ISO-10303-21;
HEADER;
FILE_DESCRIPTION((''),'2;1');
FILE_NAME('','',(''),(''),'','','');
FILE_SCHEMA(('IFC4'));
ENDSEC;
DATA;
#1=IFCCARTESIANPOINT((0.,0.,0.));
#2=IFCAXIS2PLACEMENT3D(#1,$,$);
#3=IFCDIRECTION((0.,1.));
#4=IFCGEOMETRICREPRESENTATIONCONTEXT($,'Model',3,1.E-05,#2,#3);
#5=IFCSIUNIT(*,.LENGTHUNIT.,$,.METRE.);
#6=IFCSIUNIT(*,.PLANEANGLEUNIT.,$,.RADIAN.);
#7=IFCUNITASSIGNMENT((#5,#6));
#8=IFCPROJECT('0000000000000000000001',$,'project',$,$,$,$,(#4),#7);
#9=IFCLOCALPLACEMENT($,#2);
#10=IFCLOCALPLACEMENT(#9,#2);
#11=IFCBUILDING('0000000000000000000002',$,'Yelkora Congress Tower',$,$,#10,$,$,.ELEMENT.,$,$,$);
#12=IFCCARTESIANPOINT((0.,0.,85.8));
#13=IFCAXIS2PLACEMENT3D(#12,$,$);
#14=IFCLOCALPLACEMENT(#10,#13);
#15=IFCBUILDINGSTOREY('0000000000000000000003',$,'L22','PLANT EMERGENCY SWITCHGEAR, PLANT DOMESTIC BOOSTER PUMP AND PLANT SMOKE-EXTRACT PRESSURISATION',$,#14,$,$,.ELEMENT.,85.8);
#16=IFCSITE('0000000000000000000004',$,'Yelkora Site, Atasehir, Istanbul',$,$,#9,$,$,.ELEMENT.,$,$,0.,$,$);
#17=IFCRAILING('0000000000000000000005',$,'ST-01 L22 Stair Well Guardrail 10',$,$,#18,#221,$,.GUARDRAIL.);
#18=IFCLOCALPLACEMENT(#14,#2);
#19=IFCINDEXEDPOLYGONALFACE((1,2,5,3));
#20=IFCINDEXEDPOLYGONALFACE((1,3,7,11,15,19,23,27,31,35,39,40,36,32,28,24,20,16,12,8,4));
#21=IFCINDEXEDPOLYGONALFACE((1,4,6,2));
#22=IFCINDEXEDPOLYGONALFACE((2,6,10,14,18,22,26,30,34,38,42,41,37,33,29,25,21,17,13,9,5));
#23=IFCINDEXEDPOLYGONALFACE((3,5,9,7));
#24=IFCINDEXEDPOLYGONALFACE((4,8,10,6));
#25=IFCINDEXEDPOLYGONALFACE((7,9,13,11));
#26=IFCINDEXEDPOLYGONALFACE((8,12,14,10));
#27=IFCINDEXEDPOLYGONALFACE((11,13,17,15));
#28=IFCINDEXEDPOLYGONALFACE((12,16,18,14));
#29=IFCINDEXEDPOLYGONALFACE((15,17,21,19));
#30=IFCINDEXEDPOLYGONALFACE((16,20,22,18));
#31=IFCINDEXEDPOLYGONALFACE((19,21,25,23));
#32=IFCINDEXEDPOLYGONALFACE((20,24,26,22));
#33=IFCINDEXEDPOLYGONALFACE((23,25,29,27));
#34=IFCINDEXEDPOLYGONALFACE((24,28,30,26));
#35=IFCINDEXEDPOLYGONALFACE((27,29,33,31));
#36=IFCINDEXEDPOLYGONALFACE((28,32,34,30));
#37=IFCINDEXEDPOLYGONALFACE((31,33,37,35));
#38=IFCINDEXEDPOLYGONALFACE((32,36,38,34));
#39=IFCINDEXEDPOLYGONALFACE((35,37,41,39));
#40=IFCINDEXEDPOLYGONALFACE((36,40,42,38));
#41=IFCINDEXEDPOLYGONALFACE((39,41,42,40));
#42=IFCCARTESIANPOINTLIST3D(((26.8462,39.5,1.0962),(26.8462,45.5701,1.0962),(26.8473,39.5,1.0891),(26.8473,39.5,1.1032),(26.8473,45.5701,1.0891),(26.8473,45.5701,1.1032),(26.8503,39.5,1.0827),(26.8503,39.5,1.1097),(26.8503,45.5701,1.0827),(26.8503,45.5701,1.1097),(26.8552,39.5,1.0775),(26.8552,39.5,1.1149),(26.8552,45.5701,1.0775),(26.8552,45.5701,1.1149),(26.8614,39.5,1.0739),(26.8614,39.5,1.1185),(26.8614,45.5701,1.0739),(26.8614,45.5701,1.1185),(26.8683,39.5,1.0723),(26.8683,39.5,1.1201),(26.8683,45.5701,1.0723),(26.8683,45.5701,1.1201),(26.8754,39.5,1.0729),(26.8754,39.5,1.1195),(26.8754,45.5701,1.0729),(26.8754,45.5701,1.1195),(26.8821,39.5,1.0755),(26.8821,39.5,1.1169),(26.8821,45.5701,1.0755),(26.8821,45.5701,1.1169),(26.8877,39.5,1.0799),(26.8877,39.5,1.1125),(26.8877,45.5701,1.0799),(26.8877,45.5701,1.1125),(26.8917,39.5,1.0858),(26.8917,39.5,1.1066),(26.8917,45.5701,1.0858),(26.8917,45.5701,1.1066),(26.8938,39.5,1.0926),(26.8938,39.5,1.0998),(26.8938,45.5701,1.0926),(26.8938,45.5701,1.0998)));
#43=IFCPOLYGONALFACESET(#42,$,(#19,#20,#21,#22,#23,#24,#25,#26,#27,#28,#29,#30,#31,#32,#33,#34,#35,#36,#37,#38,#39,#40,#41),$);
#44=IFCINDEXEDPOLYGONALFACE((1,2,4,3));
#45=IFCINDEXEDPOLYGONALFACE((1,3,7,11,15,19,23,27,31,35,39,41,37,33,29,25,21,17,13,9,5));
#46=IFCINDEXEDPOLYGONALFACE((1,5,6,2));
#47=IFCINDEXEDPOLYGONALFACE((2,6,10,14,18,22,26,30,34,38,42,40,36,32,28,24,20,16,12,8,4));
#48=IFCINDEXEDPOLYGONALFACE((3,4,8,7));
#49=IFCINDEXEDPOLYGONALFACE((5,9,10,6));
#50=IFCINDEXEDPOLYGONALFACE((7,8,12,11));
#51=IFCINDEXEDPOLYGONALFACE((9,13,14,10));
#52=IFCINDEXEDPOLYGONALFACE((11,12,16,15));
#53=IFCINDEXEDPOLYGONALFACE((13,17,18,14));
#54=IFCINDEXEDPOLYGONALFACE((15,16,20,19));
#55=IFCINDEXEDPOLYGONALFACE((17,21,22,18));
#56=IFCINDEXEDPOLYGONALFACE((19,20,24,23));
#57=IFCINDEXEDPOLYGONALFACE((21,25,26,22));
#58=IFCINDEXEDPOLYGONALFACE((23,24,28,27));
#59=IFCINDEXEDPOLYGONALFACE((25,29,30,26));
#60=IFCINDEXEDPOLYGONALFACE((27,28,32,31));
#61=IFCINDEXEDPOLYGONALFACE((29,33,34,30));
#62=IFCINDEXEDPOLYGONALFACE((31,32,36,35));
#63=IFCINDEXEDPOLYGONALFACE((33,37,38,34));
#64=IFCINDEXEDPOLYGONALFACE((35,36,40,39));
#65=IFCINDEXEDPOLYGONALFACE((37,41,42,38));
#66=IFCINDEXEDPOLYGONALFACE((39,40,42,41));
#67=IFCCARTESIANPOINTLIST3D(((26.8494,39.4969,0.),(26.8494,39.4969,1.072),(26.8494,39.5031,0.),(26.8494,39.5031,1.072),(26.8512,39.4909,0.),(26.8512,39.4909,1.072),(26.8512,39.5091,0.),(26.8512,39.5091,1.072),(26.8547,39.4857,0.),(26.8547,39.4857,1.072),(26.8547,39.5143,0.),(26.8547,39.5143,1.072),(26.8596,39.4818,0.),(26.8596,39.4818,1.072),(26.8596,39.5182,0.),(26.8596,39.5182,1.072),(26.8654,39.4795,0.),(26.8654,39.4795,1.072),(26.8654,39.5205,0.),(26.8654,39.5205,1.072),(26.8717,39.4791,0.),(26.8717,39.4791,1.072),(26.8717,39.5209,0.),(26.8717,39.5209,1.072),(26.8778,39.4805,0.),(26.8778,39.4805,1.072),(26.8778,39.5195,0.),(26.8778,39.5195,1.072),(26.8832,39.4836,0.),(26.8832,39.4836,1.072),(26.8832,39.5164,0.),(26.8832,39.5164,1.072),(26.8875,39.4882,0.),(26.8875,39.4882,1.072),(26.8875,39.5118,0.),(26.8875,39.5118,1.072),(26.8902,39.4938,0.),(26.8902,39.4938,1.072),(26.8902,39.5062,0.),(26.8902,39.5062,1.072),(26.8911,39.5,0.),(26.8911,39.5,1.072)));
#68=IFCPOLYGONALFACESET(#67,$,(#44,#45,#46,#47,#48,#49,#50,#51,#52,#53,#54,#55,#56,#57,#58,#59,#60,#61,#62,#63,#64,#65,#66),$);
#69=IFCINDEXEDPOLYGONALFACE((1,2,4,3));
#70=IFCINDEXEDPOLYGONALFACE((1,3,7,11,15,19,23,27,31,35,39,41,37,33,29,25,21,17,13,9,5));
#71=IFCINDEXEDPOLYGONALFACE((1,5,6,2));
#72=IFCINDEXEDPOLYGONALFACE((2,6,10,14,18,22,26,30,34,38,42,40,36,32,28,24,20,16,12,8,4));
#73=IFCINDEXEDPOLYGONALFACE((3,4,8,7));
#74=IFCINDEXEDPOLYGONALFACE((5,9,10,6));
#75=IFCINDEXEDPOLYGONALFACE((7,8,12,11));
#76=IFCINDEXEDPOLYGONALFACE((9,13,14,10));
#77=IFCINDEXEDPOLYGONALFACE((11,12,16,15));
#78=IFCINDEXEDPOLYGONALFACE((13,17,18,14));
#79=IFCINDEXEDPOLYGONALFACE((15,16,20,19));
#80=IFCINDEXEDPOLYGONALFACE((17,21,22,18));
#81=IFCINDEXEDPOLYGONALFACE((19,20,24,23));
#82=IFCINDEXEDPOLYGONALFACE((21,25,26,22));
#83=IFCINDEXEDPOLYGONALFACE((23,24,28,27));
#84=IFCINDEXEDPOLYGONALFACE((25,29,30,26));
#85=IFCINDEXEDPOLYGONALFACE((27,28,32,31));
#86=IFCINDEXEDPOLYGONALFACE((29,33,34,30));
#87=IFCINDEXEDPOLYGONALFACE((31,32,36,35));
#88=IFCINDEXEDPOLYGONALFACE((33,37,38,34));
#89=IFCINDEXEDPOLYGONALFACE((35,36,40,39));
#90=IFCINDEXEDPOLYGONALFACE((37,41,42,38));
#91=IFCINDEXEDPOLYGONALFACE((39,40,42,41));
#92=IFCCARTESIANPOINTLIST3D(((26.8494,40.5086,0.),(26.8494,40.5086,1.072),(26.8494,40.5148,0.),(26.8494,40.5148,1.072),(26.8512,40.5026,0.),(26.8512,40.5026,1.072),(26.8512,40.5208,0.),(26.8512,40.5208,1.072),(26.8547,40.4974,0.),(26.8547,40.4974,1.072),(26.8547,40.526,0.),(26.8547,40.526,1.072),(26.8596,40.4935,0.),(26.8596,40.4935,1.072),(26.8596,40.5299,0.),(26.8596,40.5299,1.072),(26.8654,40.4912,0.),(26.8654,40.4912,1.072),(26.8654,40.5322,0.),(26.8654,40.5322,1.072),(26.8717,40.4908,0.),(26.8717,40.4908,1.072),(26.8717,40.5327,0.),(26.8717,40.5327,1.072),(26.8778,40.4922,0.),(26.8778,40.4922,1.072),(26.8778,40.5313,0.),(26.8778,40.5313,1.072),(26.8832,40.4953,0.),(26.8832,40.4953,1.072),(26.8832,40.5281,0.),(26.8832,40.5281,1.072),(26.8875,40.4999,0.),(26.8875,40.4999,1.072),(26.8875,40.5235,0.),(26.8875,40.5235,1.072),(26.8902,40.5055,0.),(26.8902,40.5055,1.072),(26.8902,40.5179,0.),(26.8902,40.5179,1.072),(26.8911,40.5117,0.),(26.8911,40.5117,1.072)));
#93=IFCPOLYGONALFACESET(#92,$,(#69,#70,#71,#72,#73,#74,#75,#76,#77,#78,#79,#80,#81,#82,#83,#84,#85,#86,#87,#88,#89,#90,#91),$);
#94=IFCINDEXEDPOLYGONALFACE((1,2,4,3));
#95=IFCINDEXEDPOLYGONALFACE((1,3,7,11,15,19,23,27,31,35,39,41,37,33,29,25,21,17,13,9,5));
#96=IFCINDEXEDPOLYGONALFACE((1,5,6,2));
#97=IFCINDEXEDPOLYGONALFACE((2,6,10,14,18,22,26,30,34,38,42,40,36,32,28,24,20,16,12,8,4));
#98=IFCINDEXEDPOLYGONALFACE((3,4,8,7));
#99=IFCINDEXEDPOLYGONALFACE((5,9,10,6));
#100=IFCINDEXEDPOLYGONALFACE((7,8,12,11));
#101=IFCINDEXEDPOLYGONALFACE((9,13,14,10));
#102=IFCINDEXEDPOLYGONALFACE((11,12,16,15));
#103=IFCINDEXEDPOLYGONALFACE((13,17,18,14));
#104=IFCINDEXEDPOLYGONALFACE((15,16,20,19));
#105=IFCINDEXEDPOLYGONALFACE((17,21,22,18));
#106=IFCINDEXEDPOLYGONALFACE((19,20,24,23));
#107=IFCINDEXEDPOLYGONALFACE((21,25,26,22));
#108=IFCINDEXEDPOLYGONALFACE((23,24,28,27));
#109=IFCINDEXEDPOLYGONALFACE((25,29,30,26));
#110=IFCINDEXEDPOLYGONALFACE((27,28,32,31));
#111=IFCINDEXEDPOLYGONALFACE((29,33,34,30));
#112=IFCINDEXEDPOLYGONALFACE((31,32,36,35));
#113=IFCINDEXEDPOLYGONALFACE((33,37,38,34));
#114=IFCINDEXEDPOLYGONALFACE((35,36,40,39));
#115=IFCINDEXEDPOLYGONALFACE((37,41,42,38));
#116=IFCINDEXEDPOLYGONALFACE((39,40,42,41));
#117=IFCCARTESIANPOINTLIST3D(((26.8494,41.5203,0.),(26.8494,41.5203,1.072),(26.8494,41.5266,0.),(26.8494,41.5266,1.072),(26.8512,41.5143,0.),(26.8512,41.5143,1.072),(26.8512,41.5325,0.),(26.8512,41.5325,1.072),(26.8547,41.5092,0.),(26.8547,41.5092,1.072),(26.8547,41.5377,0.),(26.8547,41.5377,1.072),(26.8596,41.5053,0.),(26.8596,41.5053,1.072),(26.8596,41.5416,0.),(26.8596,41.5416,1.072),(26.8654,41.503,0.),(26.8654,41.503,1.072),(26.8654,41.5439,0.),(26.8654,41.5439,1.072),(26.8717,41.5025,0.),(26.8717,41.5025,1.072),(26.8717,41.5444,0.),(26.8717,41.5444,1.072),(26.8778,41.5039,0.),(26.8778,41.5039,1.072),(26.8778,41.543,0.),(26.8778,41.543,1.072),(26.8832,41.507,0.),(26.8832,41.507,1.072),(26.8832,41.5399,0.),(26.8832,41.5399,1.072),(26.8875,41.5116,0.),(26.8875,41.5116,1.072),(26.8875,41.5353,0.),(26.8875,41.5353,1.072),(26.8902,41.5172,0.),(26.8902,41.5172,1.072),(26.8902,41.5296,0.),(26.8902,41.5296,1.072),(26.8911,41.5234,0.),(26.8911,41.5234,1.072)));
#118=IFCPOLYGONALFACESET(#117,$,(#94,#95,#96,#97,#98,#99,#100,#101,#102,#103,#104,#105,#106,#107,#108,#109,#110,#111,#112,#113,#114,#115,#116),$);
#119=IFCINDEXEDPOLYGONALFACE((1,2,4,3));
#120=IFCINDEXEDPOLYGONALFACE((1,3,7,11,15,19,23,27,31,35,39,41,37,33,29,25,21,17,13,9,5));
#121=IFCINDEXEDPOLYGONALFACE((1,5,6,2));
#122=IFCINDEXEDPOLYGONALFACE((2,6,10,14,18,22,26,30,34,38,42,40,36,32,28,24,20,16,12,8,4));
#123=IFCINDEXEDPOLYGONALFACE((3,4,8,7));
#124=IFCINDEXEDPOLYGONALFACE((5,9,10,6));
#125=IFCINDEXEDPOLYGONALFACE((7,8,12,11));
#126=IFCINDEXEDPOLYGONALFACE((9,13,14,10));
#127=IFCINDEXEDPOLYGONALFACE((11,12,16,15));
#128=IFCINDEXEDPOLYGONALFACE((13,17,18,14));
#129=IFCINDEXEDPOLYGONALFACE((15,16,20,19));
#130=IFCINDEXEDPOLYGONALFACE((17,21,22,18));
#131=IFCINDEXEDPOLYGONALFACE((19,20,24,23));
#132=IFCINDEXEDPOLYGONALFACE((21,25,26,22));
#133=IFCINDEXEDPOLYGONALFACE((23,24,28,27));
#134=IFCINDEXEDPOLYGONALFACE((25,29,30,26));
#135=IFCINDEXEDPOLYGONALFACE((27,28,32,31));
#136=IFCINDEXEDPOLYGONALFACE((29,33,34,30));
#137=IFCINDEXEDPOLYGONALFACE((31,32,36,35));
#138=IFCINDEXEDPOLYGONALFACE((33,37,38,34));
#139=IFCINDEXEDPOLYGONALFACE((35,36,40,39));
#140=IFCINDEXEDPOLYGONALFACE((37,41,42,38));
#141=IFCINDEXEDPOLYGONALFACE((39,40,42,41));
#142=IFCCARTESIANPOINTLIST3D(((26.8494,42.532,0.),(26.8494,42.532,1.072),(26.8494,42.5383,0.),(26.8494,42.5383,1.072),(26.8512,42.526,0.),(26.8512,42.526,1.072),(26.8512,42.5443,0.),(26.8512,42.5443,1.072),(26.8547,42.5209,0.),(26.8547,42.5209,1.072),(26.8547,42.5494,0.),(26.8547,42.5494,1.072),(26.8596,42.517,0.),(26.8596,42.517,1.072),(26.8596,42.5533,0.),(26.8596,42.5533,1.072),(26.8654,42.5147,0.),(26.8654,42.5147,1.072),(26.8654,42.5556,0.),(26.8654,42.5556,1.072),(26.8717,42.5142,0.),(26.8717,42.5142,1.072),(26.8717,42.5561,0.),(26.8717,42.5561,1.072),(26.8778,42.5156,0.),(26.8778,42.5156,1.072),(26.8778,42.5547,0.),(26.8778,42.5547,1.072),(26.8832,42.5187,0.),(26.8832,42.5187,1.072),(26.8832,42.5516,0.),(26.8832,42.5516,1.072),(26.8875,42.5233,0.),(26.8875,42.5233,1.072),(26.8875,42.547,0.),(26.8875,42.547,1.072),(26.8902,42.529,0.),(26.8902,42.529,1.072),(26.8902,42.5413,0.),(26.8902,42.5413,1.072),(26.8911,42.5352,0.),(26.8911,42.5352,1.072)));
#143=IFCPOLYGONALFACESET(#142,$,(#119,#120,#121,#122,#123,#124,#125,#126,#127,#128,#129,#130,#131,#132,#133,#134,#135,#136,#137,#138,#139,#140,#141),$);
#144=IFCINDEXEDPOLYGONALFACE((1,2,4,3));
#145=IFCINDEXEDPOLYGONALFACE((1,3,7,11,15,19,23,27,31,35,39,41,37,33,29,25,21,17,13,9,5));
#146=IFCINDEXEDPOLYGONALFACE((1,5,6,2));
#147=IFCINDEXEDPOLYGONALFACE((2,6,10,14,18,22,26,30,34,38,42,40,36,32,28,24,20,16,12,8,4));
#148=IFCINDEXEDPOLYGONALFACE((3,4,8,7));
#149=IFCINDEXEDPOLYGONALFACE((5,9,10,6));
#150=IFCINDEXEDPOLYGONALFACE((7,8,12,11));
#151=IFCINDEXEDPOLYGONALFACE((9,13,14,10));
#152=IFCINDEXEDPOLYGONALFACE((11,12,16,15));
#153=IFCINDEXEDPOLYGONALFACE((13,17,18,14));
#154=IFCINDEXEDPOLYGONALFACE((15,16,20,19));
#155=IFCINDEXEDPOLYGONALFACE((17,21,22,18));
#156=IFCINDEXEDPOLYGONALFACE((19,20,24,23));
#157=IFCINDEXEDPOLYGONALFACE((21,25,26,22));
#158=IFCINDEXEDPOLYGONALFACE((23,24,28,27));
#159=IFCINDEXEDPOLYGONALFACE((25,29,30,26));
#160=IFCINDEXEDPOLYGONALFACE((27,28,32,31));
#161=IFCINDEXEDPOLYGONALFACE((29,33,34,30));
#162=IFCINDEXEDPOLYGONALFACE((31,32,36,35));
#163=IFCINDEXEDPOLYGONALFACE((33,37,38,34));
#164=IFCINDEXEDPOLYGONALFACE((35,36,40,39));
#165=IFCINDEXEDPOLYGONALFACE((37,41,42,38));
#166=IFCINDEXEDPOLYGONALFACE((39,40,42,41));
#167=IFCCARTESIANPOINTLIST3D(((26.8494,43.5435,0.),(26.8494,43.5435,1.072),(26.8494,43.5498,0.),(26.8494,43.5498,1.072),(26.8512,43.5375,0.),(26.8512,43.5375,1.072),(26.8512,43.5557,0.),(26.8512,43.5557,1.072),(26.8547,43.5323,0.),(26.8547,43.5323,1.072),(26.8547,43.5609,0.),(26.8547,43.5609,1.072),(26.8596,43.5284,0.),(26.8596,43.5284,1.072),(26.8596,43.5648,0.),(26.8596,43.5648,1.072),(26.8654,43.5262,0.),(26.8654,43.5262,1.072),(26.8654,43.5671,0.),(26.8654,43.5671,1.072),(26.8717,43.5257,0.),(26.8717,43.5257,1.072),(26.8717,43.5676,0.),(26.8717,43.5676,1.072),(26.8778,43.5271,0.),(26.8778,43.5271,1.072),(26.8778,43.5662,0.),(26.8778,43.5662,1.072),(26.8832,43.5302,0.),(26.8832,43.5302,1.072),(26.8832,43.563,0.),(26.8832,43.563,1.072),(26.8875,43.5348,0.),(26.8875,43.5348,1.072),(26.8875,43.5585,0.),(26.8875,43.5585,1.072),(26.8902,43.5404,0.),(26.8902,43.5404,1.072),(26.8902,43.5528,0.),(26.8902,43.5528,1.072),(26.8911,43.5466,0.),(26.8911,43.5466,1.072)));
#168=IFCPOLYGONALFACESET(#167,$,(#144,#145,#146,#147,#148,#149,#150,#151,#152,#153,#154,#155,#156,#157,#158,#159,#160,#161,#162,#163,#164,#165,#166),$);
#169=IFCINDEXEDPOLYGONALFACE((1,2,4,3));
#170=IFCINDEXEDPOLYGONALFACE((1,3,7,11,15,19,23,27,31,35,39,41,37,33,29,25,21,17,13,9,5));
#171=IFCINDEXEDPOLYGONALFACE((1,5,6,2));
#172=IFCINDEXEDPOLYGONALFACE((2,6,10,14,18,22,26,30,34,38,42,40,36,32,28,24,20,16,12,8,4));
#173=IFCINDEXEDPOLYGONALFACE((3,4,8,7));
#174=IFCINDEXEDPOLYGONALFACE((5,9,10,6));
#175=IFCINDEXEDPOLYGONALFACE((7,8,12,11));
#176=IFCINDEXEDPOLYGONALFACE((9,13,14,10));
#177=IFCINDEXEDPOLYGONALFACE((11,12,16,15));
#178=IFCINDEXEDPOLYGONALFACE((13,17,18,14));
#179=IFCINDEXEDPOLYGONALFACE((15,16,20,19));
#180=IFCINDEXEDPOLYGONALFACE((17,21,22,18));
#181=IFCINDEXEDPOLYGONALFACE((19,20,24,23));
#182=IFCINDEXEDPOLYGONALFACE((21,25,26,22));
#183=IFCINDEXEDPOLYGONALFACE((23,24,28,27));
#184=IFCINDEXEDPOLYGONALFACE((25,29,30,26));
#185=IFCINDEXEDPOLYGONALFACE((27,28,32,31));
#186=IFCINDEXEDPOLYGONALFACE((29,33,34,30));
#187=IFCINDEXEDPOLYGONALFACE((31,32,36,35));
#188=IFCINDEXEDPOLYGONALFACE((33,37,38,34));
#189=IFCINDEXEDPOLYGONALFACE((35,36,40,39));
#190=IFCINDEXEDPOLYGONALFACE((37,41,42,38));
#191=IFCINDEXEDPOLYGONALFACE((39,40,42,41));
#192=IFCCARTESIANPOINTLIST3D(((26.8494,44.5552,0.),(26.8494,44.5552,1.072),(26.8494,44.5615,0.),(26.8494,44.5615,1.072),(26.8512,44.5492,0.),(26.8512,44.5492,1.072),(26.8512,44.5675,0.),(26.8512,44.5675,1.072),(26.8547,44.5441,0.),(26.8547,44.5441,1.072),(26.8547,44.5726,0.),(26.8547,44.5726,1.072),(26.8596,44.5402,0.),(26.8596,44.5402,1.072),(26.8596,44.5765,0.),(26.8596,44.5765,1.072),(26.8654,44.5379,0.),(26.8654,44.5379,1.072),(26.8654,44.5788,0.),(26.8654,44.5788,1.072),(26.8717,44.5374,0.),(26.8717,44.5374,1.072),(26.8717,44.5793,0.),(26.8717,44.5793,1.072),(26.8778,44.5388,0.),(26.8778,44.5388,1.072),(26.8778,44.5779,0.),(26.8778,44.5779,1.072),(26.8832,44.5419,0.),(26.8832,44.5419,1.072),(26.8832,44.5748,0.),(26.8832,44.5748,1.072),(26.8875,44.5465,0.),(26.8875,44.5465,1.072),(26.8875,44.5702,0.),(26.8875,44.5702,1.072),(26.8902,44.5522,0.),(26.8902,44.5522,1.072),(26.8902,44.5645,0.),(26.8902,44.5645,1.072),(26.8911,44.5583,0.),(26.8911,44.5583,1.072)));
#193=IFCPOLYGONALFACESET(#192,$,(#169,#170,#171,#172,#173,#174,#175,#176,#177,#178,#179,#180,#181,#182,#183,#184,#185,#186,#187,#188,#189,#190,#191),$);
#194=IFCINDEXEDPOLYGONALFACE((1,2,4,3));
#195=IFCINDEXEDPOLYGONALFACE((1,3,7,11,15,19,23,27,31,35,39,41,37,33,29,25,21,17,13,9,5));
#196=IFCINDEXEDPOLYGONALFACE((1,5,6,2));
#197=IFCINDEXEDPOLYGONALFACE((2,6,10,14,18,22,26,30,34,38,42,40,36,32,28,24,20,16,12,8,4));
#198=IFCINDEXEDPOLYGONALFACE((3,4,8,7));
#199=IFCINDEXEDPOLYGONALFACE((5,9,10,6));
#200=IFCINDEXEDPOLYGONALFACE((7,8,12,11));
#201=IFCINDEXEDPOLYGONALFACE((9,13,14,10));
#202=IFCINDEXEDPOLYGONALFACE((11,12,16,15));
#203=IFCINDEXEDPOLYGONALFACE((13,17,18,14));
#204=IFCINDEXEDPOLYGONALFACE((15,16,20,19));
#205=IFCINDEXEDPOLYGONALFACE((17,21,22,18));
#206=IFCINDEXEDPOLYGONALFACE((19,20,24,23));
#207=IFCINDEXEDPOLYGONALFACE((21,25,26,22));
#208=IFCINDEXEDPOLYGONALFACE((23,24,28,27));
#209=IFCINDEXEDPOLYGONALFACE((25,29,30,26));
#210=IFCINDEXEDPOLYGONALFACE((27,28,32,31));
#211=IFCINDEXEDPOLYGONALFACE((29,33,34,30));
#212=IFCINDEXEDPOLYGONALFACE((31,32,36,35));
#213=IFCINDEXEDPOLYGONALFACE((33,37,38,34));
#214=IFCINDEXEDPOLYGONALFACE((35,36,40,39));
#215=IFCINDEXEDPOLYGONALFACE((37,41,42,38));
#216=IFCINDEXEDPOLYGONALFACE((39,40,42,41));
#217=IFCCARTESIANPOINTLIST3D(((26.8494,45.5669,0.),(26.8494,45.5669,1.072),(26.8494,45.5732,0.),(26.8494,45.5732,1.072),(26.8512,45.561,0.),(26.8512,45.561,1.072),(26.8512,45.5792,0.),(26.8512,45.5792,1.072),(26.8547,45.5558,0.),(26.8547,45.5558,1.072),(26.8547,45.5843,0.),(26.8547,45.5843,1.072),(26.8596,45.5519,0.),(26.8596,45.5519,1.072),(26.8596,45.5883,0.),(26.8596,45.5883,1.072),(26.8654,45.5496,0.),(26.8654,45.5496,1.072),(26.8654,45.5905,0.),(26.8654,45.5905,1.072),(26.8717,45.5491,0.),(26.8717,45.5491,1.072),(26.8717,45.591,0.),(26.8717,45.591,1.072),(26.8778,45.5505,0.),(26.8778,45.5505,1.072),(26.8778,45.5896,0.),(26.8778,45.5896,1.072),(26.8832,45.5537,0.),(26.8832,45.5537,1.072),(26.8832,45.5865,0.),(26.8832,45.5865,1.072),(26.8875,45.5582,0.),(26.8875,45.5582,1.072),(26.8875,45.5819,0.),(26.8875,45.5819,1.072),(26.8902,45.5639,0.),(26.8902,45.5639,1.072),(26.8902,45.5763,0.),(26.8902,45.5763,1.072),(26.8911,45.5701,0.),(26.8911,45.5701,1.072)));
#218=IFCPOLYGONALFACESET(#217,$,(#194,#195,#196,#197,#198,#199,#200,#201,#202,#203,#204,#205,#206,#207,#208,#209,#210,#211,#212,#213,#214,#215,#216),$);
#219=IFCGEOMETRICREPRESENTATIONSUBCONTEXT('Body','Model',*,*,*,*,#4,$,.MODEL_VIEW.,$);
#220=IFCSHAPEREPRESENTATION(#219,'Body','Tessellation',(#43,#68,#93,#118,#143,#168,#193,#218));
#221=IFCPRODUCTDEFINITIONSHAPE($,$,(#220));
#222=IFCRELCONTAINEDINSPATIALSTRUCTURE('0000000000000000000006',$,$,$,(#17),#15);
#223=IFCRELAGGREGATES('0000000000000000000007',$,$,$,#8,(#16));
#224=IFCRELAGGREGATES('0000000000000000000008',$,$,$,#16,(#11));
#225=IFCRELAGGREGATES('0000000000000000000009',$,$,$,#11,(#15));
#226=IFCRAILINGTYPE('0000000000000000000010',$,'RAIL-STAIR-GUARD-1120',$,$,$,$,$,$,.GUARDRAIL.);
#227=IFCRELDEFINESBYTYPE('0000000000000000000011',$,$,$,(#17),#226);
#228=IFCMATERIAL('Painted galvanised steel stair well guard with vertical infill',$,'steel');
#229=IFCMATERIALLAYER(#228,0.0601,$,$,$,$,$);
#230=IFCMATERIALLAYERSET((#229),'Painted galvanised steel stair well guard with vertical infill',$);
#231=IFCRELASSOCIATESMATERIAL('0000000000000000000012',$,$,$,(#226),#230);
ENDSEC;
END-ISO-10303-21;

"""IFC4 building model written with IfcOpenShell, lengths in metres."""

from ifc_helpers import new_model, si_unit, direction, frame, origin, origin_2d, place, context, subcontext, project, spatial, circle, extrude, material, layer, layer_set, type_object, element, save


model = new_model("IFC4")

# Units and contexts
model_context = context("Model", 3, precision=1e-05, world=origin(), true_north=direction((0.0, 1.0)))
body_context = subcontext(model_context, "Body", "Model", "MODEL_VIEW")
ifc_project = project(units=[si_unit("LENGTHUNIT", "METRE"), si_unit("PLANEANGLEUNIT", "RADIAN")], contexts=[model_context])

# Site, building, storey
site_placement = place(None, origin())
site = spatial("IfcSite", under=ifc_project, at=site_placement, Name="Yelkora Site, Atasehir, Istanbul", CompositionType="ELEMENT", RefElevation=0.0)
building_placement = place(site_placement, origin())
building = spatial("IfcBuilding", under=site, at=building_placement, Name="Yelkora Congress Tower", CompositionType="ELEMENT")
storey_placement = place(building_placement, frame((0.0, 0.0, 85.8)))
storey = spatial("IfcBuildingStorey", under=building, at=storey_placement, Name="L22", Description="PLANT EMERGENCY SWITCHGEAR, PLANT DOMESTIC BOOSTER PUMP AND PLANT SMOKE-EXTRACT PRESSURISATION", CompositionType="ELEMENT", Elevation=85.8)

# Railing
ifc_material_1 = material(Name="Painted galvanised steel stair well guard with vertical infill", Category="steel")
ifc_layer_1 = layer(ifc_material_1, 0.0601)
ifc_layer_set_1 = layer_set([ifc_layer_1], Name="Painted galvanised steel stair well guard with vertical infill")
railing_type_1 = type_object("IfcRailingType", Name="RAIL-STAIR-GUARD-1120", PredefinedType="GUARDRAIL", material=ifc_layer_set_1)
railing_1_placement = place(storey_placement, frame((26.8701, 39.5, 0.0)))
element("IfcRailing", 1, at=railing_1_placement, inside=storey, type_object=railing_type_1, Name="ST-01 L22 Stair Well Guardrail 10", PredefinedType="GUARDRAIL", context=body_context, shape_type="SweptSolid", body=[
    extrude(circle(Radius=0.0239, at=origin_2d()), frame((0.0, 0.0, 1.0962), z_axis=(0.0, 1.0, 0.0), x_axis=(-1.0, 0.0, 0.0)), (0.0, 0.0, 1.0), 6.0701),
    extrude(circle(Radius=0.021, at=origin_2d()), origin(), (0.0, 0.0, 1.0), 1.072),
    extrude(circle(Radius=0.021, at=origin_2d()), frame((0.0, 1.0117, 0.0)), (0.0, 0.0, 1.0), 1.072),
    extrude(circle(Radius=0.021, at=origin_2d()), frame((0.0, 2.0234, 0.0)), (0.0, 0.0, 1.0), 1.072),
    extrude(circle(Radius=0.021, at=origin_2d()), frame((0.0, 3.0352, 0.0)), (0.0, 0.0, 1.0), 1.072),
    extrude(circle(Radius=0.021, at=origin_2d()), frame((0.0, 4.0466, 0.0)), (0.0, 0.0, 1.0), 1.072),
    extrude(circle(Radius=0.021, at=origin_2d()), frame((0.0, 5.0583, 0.0)), (0.0, 0.0, 1.0), 1.072),
    extrude(circle(Radius=0.021, at=origin_2d()), frame((0.0, 6.0701, 0.0)), (0.0, 0.0, 1.0), 1.072),
])

save(model, "model.ifc")
